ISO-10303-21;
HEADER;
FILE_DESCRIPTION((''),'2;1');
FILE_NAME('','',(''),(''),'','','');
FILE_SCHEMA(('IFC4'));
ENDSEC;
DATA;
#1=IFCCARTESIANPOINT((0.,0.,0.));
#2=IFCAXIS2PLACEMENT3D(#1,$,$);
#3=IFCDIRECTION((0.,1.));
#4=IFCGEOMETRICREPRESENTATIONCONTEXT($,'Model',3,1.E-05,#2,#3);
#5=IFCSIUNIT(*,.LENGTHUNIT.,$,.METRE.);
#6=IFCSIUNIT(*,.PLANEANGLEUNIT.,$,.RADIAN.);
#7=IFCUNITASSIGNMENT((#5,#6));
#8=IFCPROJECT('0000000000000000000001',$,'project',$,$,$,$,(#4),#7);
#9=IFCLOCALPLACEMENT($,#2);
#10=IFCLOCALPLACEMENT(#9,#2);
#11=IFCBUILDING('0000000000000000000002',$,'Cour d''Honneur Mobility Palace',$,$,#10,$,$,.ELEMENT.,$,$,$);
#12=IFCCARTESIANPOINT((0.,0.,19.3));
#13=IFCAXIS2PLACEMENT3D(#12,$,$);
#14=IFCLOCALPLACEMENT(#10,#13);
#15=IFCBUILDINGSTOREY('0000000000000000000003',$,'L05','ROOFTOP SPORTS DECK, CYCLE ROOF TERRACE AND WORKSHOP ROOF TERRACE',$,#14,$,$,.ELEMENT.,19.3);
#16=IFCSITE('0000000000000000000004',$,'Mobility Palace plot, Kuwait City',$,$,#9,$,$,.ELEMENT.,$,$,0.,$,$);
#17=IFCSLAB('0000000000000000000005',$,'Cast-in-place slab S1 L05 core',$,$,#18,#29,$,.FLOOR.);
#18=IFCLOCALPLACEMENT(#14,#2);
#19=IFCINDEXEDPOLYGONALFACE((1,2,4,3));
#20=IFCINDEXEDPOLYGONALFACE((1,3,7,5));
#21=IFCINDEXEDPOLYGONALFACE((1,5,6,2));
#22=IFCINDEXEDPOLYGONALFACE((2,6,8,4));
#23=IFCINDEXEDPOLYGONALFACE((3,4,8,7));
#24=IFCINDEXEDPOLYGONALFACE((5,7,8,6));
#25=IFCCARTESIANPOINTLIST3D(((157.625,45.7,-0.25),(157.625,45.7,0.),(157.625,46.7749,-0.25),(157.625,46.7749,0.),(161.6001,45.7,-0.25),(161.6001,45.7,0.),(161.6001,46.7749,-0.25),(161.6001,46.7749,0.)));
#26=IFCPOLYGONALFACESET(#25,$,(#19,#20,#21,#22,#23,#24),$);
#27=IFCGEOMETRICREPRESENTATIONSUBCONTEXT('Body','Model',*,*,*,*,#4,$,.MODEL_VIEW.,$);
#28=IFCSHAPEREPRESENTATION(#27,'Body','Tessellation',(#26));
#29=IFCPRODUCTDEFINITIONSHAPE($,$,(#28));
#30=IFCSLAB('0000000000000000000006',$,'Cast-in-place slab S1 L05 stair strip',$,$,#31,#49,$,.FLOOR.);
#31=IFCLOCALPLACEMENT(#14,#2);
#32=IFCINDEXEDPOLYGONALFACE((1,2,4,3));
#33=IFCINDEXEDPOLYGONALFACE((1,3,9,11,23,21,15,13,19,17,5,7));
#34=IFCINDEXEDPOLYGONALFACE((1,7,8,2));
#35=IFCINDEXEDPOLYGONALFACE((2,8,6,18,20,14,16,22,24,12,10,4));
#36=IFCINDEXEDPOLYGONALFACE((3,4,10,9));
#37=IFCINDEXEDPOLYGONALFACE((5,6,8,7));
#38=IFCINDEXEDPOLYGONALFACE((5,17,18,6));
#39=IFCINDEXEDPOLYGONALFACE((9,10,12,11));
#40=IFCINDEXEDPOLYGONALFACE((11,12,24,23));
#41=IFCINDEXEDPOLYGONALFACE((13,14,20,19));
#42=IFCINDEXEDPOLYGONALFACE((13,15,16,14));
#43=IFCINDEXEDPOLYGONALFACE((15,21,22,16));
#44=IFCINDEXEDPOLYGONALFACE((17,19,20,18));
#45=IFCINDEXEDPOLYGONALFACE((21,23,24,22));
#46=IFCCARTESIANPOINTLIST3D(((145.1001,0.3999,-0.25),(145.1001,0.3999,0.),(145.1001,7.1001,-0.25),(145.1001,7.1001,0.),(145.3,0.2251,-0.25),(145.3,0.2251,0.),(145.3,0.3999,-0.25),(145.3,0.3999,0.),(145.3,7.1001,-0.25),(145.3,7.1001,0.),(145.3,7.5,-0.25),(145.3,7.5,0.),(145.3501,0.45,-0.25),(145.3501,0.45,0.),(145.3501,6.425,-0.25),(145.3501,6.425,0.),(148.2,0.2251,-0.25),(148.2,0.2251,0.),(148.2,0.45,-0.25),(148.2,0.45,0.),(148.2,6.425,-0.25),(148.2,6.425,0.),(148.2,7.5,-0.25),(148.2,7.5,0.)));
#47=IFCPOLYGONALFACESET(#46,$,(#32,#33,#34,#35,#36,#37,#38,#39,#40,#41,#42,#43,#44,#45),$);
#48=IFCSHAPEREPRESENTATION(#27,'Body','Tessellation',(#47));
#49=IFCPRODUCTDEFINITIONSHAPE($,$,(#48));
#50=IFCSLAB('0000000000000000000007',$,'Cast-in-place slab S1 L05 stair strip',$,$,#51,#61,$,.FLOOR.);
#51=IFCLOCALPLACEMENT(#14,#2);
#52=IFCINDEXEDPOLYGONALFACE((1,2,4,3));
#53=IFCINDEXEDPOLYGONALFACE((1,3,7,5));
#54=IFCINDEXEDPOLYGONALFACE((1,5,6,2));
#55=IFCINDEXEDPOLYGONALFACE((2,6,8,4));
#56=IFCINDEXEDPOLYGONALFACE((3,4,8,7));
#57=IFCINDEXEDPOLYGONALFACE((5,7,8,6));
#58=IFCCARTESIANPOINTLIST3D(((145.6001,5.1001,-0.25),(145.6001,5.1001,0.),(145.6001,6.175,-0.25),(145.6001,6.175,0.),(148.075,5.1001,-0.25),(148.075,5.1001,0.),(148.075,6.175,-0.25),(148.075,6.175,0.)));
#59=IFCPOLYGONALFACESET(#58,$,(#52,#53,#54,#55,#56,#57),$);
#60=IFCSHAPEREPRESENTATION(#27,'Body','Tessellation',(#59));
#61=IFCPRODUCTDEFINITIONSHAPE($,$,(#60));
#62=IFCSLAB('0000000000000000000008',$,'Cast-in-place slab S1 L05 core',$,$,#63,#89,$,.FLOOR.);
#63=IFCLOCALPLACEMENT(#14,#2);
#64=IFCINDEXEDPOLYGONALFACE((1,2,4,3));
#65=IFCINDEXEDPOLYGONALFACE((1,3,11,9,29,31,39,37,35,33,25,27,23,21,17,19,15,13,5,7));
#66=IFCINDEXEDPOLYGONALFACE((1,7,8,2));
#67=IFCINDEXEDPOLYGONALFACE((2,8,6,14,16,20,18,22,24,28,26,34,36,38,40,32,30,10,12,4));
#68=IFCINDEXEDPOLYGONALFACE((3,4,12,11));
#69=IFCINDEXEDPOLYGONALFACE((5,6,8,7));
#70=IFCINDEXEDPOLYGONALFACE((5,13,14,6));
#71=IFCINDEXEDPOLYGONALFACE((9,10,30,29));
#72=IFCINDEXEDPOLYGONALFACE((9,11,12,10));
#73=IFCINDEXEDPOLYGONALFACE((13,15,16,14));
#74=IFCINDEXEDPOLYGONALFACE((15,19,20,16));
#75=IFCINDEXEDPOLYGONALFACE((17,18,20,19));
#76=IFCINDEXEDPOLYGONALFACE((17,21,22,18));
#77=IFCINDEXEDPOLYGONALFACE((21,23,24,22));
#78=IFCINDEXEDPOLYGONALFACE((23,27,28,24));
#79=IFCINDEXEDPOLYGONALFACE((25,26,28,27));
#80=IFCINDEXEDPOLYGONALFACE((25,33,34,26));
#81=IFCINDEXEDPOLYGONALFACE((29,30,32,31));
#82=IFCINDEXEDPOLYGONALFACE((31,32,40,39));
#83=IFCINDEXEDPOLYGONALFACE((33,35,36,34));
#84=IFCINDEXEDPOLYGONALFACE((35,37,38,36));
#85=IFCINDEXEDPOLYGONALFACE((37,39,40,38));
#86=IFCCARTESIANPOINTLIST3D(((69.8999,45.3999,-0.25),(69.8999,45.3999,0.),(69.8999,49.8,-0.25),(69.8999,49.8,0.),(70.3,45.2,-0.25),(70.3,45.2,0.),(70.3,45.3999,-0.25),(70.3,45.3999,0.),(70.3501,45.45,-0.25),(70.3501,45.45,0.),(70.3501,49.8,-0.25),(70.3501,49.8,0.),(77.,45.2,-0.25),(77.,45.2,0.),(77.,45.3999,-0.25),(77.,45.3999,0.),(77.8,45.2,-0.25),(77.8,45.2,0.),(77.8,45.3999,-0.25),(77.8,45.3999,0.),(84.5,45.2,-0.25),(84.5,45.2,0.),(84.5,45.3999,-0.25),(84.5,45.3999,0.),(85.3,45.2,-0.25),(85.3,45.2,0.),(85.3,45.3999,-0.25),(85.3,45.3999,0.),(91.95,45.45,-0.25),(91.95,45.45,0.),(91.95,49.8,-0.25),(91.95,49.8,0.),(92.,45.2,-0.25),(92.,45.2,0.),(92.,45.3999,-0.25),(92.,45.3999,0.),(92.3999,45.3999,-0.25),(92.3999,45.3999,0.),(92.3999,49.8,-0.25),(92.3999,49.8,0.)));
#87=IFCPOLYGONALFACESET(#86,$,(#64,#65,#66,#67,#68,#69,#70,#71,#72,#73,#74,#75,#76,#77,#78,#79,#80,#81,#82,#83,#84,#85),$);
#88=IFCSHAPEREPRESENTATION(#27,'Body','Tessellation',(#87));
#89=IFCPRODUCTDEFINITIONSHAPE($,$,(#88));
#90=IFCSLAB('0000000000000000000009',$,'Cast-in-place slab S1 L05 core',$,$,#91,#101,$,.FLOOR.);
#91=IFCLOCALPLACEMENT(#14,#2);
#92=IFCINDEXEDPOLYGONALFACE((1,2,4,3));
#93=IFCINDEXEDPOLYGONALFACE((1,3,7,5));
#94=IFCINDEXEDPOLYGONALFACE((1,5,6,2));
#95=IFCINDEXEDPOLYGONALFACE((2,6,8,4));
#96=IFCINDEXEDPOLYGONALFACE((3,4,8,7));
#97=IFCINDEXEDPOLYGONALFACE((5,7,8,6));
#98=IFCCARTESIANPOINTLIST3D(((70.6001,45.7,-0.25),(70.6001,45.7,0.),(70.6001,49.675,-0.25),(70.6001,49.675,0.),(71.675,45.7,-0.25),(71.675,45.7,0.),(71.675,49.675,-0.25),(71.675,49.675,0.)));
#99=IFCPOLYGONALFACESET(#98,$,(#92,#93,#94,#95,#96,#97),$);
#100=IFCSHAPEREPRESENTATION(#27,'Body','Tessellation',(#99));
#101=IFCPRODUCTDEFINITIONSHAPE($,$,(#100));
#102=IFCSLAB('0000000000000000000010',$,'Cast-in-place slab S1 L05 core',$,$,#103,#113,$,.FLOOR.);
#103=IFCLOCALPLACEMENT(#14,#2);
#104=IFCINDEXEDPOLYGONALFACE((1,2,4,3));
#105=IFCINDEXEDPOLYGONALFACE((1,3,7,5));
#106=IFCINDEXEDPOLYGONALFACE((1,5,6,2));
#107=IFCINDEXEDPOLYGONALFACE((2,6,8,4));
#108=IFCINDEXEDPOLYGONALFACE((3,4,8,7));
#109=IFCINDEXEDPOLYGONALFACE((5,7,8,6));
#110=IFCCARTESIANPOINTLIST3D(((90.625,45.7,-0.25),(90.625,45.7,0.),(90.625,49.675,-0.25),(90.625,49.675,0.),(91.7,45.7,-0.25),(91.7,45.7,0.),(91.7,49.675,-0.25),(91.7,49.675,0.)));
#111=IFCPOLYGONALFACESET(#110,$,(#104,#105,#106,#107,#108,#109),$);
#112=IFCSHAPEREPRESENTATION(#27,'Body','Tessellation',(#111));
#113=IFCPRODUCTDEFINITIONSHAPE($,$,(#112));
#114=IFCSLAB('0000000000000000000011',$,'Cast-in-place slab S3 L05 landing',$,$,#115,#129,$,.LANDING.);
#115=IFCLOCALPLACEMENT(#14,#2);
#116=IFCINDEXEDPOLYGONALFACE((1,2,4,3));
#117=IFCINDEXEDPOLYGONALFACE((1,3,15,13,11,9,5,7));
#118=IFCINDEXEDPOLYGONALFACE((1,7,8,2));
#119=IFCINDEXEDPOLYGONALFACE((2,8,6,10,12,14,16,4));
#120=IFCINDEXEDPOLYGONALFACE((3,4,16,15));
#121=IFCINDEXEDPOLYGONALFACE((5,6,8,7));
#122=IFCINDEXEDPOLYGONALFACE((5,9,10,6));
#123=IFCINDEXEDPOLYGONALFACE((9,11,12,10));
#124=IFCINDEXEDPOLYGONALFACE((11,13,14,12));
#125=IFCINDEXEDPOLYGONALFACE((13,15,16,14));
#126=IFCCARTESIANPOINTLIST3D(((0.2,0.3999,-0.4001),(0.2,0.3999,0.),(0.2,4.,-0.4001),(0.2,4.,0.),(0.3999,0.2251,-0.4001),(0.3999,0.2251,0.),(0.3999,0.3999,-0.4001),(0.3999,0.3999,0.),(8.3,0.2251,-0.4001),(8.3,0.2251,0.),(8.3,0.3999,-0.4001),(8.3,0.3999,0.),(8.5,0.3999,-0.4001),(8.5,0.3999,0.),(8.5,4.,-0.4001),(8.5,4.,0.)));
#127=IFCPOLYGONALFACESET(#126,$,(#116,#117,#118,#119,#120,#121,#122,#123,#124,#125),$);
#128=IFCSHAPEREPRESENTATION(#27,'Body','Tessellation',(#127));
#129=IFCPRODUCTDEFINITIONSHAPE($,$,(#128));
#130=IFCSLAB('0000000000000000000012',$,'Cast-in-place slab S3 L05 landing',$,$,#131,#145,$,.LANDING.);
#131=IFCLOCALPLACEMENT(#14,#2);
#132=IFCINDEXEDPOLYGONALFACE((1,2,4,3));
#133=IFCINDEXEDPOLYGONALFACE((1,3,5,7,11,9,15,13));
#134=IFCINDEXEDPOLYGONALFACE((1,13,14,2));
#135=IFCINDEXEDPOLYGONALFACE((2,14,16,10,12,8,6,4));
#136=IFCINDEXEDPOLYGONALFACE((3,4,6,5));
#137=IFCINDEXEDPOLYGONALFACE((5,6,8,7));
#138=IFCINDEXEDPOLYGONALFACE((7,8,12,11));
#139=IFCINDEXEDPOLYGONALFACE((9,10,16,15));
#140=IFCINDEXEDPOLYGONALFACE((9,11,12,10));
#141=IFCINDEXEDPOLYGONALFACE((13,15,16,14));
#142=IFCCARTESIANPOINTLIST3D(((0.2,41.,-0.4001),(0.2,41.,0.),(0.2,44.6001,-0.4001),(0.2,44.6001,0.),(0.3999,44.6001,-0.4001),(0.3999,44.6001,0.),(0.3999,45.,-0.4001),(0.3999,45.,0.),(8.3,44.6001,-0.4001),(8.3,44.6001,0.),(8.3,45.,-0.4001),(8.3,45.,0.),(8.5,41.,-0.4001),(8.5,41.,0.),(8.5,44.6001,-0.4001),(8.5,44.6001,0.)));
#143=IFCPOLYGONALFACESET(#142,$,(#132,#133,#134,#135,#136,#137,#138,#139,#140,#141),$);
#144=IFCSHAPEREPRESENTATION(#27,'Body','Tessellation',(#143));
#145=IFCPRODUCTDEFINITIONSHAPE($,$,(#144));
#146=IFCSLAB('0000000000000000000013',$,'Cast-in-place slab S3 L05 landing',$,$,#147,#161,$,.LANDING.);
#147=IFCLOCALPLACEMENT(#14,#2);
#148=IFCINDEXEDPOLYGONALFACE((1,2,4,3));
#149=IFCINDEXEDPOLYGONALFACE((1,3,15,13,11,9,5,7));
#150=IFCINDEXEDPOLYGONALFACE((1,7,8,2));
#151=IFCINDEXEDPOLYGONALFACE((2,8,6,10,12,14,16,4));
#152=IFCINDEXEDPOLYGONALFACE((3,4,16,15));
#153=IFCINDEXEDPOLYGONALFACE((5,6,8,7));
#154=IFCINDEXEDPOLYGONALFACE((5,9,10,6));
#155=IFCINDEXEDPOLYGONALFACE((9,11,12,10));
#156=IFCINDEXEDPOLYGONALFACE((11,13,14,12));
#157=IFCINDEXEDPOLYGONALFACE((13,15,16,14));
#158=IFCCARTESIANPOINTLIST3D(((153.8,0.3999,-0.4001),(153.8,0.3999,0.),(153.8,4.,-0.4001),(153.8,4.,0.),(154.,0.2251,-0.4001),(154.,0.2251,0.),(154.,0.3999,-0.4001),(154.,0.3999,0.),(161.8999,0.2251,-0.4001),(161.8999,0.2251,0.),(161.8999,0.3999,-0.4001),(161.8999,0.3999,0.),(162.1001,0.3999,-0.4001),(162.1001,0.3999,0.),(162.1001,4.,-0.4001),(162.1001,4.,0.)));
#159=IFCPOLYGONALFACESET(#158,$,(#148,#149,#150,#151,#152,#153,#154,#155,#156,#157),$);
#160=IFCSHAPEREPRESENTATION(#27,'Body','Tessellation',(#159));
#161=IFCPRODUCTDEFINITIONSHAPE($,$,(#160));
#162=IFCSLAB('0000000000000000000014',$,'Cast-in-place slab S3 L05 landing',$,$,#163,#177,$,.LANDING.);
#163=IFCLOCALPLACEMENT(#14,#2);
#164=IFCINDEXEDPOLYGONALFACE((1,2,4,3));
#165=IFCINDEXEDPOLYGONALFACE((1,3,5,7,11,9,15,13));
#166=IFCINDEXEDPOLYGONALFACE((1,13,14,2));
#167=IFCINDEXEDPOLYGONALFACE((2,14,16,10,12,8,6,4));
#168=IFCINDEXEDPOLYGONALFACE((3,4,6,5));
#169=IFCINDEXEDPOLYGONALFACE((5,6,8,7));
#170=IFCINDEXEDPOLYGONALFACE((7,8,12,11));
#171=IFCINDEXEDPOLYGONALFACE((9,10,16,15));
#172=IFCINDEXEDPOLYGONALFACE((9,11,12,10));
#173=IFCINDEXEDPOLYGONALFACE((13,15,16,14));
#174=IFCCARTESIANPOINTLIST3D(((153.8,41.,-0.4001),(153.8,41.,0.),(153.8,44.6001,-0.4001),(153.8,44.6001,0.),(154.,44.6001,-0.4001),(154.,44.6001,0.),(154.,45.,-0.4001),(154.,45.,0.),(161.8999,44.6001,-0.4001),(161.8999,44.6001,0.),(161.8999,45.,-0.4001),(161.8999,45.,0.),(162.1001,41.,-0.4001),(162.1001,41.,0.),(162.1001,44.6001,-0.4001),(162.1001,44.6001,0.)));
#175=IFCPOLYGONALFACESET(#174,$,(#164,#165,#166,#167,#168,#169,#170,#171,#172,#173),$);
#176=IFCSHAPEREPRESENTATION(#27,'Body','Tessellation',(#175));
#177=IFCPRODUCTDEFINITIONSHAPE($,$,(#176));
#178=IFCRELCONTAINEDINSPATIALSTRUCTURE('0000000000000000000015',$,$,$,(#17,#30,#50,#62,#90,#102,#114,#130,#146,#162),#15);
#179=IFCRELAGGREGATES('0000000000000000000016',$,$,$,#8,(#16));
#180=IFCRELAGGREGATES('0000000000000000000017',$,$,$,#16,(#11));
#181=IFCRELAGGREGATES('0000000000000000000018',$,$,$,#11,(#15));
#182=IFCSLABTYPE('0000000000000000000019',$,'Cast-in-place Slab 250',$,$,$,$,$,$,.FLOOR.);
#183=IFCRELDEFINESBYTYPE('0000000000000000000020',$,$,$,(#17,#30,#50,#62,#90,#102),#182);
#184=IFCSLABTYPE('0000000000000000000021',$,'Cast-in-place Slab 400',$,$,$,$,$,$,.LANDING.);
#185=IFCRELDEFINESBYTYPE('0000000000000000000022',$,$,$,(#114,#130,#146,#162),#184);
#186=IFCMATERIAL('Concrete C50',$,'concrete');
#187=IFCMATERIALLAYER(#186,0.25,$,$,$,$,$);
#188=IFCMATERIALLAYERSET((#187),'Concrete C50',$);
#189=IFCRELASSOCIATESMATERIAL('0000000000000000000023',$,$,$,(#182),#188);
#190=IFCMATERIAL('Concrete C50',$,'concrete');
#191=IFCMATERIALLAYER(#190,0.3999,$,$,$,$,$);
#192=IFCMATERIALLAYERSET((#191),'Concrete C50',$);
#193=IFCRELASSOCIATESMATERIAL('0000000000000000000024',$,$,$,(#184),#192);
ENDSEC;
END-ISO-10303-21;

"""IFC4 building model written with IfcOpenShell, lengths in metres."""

from ifc_helpers import new_model, si_unit, direction, frame, origin, place, context, subcontext, project, spatial, polyline, outline, extrude, material, layer, layer_set, type_object, element, save


model = new_model("IFC4")

# Units and contexts
model_context = context("Model", 3, precision=1e-05, world=origin(), true_north=direction((0.0, 1.0)))
body_context = subcontext(model_context, "Body", "Model", "MODEL_VIEW")
ifc_project = project(units=[si_unit("LENGTHUNIT", "METRE"), si_unit("PLANEANGLEUNIT", "RADIAN")], contexts=[model_context])

# Site, building, storey
site_placement = place(None, origin())
site = spatial("IfcSite", under=ifc_project, at=site_placement, Name="Mobility Palace plot, Kuwait City", CompositionType="ELEMENT", RefElevation=0.0)
building_placement = place(site_placement, origin())
building = spatial("IfcBuilding", under=site, at=building_placement, Name="Cour d'Honneur Mobility Palace", CompositionType="ELEMENT")
storey_placement = place(building_placement, frame((0.0, 0.0, 19.3)))
storey = spatial("IfcBuildingStorey", under=building, at=storey_placement, Name="L05", Description="ROOFTOP SPORTS DECK, CYCLE ROOF TERRACE AND WORKSHOP ROOF TERRACE", CompositionType="ELEMENT", Elevation=19.3)

# Slabs
ifc_material_1 = material(Name="Concrete C50", Category="concrete")
ifc_layer_1 = layer(ifc_material_1, 0.25)
ifc_layer_set_1 = layer_set([ifc_layer_1], Name="Concrete C50")
slab_type_1 = type_object("IfcSlabType", Name="Cast-in-place Slab 250", PredefinedType="FLOOR", material=ifc_layer_set_1)
slab_1_placement = place(storey_placement, frame((0.0, 0.0, -0.25)))
element("IfcSlab", 1, at=slab_1_placement, inside=storey, type_object=slab_type_1, Name="Cast-in-place slab S1 L05 core", PredefinedType="FLOOR", context=body_context, shape_type="SweptSolid", body=[
    extrude(outline(polyline([(157.625, 46.7749), (161.6001, 46.7749), (161.6001, 45.7), (157.625, 45.7), (157.625, 46.7749)])), origin(), (0.0, 0.0, 1.0), 0.25),
])
slab_2_placement = place(storey_placement, frame((0.0, 0.0, -0.25)))
element("IfcSlab", 2, at=slab_2_placement, inside=storey, type_object=slab_type_1, Name="Cast-in-place slab S1 L05 stair strip", PredefinedType="FLOOR", context=body_context, shape_type="SweptSolid", body=[
    extrude(outline(polyline([(145.3, 0.3999), (145.1001, 0.3999), (145.1001, 7.1001), (145.3, 7.1001), (145.3, 7.5), (148.2, 7.5), (148.2, 6.425), (145.3501, 6.425), (145.3501, 0.45), (148.2, 0.45), (148.2, 0.2251), (145.3, 0.2251), (145.3, 0.3999)])), origin(), (0.0, 0.0, 1.0), 0.25),
])
slab_3_placement = place(storey_placement, frame((0.0, 0.0, -0.25)))
element("IfcSlab", 3, at=slab_3_placement, inside=storey, type_object=slab_type_1, Name="Cast-in-place slab S1 L05 stair strip", PredefinedType="FLOOR", context=body_context, shape_type="SweptSolid", body=[
    extrude(outline(polyline([(145.6001, 5.1001), (145.6001, 6.175), (148.075, 6.175), (148.075, 5.1001), (145.6001, 5.1001)])), origin(), (0.0, 0.0, 1.0), 0.25),
])
slab_4_placement = place(storey_placement, frame((0.0, 0.0, -0.25)))
element("IfcSlab", 4, at=slab_4_placement, inside=storey, type_object=slab_type_1, Name="Cast-in-place slab S1 L05 core", PredefinedType="FLOOR", context=body_context, shape_type="SweptSolid", body=[
    extrude(outline(polyline([(92.0, 45.3999), (92.0, 45.2), (85.3, 45.2), (85.3, 45.3999), (84.5, 45.3999), (84.5, 45.2), (77.8, 45.2), (77.8, 45.3999), (77.0, 45.3999), (77.0, 45.2), (70.3, 45.2), (70.3, 45.3999), (69.8999, 45.3999), (69.8999, 49.8), (70.3501, 49.8), (70.3501, 45.45), (91.95, 45.45), (91.95, 49.8), (92.3999, 49.8), (92.3999, 45.3999), (92.0, 45.3999)])), origin(), (0.0, 0.0, 1.0), 0.25),
])
slab_5_placement = place(storey_placement, frame((0.0, 0.0, -0.25)))
element("IfcSlab", 5, at=slab_5_placement, inside=storey, type_object=slab_type_1, Name="Cast-in-place slab S1 L05 core", PredefinedType="FLOOR", context=body_context, shape_type="SweptSolid", body=[
    extrude(outline(polyline([(71.675, 49.675), (71.675, 45.7), (70.6001, 45.7), (70.6001, 49.675), (71.675, 49.675)])), origin(), (0.0, 0.0, 1.0), 0.25),
])
slab_6_placement = place(storey_placement, frame((0.0, 0.0, -0.25)))
element("IfcSlab", 6, at=slab_6_placement, inside=storey, type_object=slab_type_1, Name="Cast-in-place slab S1 L05 core", PredefinedType="FLOOR", context=body_context, shape_type="SweptSolid", body=[
    extrude(outline(polyline([(91.7, 45.7), (90.625, 45.7), (90.625, 49.675), (91.7, 49.675), (91.7, 45.7)])), origin(), (0.0, 0.0, 1.0), 0.25),
])
ifc_material_2 = material(Name="Concrete C50", Category="concrete")
ifc_layer_2 = layer(ifc_material_2, 0.3999)
ifc_layer_set_2 = layer_set([ifc_layer_2], Name="Concrete C50")
slab_type_2 = type_object("IfcSlabType", Name="Cast-in-place Slab 400", PredefinedType="LANDING", material=ifc_layer_set_2)
slab_7_placement = place(storey_placement, frame((0.0, 0.0, -0.4001)))
element("IfcSlab", 7, at=slab_7_placement, inside=storey, type_object=slab_type_2, Name="Cast-in-place slab S3 L05 landing", PredefinedType="LANDING", context=body_context, shape_type="SweptSolid", body=[
    extrude(outline(polyline([(8.3, 0.3999), (8.3, 0.2251), (0.3999, 0.2251), (0.3999, 0.3999), (0.2, 0.3999), (0.2, 4.0), (8.5, 4.0), (8.5, 0.3999), (8.3, 0.3999)])), origin(), (0.0, 0.0, 1.0), 0.4001),
])
slab_8_placement = place(storey_placement, frame((0.0, 0.0, -0.4001)))
element("IfcSlab", 8, at=slab_8_placement, inside=storey, type_object=slab_type_2, Name="Cast-in-place slab S3 L05 landing", PredefinedType="LANDING", context=body_context, shape_type="SweptSolid", body=[
    extrude(outline(polyline([(8.5, 44.6001), (8.5, 41.0), (0.2, 41.0), (0.2, 44.6001), (0.3999, 44.6001), (0.3999, 45.0), (8.3, 45.0), (8.3, 44.6001), (8.5, 44.6001)])), origin(), (0.0, 0.0, 1.0), 0.4001),
])
slab_9_placement = place(storey_placement, frame((0.0, 0.0, -0.4001)))
element("IfcSlab", 9, at=slab_9_placement, inside=storey, type_object=slab_type_2, Name="Cast-in-place slab S3 L05 landing", PredefinedType="LANDING", context=body_context, shape_type="SweptSolid", body=[
    extrude(outline(polyline([(161.8999, 0.3999), (161.8999, 0.2251), (154.0, 0.2251), (154.0, 0.3999), (153.8, 0.3999), (153.8, 4.0), (162.1001, 4.0), (162.1001, 0.3999), (161.8999, 0.3999)])), origin(), (0.0, 0.0, 1.0), 0.4001),
])
slab_10_placement = place(storey_placement, frame((0.0, 0.0, -0.4001)))
element("IfcSlab", 10, at=slab_10_placement, inside=storey, type_object=slab_type_2, Name="Cast-in-place slab S3 L05 landing", PredefinedType="LANDING", context=body_context, shape_type="SweptSolid", body=[
    extrude(outline(polyline([(162.1001, 44.6001), (162.1001, 41.0), (153.8, 41.0), (153.8, 44.6001), (154.0, 44.6001), (154.0, 45.0), (161.8999, 45.0), (161.8999, 44.6001), (162.1001, 44.6001)])), origin(), (0.0, 0.0, 1.0), 0.4001),
])

save(model, "model.ifc")
